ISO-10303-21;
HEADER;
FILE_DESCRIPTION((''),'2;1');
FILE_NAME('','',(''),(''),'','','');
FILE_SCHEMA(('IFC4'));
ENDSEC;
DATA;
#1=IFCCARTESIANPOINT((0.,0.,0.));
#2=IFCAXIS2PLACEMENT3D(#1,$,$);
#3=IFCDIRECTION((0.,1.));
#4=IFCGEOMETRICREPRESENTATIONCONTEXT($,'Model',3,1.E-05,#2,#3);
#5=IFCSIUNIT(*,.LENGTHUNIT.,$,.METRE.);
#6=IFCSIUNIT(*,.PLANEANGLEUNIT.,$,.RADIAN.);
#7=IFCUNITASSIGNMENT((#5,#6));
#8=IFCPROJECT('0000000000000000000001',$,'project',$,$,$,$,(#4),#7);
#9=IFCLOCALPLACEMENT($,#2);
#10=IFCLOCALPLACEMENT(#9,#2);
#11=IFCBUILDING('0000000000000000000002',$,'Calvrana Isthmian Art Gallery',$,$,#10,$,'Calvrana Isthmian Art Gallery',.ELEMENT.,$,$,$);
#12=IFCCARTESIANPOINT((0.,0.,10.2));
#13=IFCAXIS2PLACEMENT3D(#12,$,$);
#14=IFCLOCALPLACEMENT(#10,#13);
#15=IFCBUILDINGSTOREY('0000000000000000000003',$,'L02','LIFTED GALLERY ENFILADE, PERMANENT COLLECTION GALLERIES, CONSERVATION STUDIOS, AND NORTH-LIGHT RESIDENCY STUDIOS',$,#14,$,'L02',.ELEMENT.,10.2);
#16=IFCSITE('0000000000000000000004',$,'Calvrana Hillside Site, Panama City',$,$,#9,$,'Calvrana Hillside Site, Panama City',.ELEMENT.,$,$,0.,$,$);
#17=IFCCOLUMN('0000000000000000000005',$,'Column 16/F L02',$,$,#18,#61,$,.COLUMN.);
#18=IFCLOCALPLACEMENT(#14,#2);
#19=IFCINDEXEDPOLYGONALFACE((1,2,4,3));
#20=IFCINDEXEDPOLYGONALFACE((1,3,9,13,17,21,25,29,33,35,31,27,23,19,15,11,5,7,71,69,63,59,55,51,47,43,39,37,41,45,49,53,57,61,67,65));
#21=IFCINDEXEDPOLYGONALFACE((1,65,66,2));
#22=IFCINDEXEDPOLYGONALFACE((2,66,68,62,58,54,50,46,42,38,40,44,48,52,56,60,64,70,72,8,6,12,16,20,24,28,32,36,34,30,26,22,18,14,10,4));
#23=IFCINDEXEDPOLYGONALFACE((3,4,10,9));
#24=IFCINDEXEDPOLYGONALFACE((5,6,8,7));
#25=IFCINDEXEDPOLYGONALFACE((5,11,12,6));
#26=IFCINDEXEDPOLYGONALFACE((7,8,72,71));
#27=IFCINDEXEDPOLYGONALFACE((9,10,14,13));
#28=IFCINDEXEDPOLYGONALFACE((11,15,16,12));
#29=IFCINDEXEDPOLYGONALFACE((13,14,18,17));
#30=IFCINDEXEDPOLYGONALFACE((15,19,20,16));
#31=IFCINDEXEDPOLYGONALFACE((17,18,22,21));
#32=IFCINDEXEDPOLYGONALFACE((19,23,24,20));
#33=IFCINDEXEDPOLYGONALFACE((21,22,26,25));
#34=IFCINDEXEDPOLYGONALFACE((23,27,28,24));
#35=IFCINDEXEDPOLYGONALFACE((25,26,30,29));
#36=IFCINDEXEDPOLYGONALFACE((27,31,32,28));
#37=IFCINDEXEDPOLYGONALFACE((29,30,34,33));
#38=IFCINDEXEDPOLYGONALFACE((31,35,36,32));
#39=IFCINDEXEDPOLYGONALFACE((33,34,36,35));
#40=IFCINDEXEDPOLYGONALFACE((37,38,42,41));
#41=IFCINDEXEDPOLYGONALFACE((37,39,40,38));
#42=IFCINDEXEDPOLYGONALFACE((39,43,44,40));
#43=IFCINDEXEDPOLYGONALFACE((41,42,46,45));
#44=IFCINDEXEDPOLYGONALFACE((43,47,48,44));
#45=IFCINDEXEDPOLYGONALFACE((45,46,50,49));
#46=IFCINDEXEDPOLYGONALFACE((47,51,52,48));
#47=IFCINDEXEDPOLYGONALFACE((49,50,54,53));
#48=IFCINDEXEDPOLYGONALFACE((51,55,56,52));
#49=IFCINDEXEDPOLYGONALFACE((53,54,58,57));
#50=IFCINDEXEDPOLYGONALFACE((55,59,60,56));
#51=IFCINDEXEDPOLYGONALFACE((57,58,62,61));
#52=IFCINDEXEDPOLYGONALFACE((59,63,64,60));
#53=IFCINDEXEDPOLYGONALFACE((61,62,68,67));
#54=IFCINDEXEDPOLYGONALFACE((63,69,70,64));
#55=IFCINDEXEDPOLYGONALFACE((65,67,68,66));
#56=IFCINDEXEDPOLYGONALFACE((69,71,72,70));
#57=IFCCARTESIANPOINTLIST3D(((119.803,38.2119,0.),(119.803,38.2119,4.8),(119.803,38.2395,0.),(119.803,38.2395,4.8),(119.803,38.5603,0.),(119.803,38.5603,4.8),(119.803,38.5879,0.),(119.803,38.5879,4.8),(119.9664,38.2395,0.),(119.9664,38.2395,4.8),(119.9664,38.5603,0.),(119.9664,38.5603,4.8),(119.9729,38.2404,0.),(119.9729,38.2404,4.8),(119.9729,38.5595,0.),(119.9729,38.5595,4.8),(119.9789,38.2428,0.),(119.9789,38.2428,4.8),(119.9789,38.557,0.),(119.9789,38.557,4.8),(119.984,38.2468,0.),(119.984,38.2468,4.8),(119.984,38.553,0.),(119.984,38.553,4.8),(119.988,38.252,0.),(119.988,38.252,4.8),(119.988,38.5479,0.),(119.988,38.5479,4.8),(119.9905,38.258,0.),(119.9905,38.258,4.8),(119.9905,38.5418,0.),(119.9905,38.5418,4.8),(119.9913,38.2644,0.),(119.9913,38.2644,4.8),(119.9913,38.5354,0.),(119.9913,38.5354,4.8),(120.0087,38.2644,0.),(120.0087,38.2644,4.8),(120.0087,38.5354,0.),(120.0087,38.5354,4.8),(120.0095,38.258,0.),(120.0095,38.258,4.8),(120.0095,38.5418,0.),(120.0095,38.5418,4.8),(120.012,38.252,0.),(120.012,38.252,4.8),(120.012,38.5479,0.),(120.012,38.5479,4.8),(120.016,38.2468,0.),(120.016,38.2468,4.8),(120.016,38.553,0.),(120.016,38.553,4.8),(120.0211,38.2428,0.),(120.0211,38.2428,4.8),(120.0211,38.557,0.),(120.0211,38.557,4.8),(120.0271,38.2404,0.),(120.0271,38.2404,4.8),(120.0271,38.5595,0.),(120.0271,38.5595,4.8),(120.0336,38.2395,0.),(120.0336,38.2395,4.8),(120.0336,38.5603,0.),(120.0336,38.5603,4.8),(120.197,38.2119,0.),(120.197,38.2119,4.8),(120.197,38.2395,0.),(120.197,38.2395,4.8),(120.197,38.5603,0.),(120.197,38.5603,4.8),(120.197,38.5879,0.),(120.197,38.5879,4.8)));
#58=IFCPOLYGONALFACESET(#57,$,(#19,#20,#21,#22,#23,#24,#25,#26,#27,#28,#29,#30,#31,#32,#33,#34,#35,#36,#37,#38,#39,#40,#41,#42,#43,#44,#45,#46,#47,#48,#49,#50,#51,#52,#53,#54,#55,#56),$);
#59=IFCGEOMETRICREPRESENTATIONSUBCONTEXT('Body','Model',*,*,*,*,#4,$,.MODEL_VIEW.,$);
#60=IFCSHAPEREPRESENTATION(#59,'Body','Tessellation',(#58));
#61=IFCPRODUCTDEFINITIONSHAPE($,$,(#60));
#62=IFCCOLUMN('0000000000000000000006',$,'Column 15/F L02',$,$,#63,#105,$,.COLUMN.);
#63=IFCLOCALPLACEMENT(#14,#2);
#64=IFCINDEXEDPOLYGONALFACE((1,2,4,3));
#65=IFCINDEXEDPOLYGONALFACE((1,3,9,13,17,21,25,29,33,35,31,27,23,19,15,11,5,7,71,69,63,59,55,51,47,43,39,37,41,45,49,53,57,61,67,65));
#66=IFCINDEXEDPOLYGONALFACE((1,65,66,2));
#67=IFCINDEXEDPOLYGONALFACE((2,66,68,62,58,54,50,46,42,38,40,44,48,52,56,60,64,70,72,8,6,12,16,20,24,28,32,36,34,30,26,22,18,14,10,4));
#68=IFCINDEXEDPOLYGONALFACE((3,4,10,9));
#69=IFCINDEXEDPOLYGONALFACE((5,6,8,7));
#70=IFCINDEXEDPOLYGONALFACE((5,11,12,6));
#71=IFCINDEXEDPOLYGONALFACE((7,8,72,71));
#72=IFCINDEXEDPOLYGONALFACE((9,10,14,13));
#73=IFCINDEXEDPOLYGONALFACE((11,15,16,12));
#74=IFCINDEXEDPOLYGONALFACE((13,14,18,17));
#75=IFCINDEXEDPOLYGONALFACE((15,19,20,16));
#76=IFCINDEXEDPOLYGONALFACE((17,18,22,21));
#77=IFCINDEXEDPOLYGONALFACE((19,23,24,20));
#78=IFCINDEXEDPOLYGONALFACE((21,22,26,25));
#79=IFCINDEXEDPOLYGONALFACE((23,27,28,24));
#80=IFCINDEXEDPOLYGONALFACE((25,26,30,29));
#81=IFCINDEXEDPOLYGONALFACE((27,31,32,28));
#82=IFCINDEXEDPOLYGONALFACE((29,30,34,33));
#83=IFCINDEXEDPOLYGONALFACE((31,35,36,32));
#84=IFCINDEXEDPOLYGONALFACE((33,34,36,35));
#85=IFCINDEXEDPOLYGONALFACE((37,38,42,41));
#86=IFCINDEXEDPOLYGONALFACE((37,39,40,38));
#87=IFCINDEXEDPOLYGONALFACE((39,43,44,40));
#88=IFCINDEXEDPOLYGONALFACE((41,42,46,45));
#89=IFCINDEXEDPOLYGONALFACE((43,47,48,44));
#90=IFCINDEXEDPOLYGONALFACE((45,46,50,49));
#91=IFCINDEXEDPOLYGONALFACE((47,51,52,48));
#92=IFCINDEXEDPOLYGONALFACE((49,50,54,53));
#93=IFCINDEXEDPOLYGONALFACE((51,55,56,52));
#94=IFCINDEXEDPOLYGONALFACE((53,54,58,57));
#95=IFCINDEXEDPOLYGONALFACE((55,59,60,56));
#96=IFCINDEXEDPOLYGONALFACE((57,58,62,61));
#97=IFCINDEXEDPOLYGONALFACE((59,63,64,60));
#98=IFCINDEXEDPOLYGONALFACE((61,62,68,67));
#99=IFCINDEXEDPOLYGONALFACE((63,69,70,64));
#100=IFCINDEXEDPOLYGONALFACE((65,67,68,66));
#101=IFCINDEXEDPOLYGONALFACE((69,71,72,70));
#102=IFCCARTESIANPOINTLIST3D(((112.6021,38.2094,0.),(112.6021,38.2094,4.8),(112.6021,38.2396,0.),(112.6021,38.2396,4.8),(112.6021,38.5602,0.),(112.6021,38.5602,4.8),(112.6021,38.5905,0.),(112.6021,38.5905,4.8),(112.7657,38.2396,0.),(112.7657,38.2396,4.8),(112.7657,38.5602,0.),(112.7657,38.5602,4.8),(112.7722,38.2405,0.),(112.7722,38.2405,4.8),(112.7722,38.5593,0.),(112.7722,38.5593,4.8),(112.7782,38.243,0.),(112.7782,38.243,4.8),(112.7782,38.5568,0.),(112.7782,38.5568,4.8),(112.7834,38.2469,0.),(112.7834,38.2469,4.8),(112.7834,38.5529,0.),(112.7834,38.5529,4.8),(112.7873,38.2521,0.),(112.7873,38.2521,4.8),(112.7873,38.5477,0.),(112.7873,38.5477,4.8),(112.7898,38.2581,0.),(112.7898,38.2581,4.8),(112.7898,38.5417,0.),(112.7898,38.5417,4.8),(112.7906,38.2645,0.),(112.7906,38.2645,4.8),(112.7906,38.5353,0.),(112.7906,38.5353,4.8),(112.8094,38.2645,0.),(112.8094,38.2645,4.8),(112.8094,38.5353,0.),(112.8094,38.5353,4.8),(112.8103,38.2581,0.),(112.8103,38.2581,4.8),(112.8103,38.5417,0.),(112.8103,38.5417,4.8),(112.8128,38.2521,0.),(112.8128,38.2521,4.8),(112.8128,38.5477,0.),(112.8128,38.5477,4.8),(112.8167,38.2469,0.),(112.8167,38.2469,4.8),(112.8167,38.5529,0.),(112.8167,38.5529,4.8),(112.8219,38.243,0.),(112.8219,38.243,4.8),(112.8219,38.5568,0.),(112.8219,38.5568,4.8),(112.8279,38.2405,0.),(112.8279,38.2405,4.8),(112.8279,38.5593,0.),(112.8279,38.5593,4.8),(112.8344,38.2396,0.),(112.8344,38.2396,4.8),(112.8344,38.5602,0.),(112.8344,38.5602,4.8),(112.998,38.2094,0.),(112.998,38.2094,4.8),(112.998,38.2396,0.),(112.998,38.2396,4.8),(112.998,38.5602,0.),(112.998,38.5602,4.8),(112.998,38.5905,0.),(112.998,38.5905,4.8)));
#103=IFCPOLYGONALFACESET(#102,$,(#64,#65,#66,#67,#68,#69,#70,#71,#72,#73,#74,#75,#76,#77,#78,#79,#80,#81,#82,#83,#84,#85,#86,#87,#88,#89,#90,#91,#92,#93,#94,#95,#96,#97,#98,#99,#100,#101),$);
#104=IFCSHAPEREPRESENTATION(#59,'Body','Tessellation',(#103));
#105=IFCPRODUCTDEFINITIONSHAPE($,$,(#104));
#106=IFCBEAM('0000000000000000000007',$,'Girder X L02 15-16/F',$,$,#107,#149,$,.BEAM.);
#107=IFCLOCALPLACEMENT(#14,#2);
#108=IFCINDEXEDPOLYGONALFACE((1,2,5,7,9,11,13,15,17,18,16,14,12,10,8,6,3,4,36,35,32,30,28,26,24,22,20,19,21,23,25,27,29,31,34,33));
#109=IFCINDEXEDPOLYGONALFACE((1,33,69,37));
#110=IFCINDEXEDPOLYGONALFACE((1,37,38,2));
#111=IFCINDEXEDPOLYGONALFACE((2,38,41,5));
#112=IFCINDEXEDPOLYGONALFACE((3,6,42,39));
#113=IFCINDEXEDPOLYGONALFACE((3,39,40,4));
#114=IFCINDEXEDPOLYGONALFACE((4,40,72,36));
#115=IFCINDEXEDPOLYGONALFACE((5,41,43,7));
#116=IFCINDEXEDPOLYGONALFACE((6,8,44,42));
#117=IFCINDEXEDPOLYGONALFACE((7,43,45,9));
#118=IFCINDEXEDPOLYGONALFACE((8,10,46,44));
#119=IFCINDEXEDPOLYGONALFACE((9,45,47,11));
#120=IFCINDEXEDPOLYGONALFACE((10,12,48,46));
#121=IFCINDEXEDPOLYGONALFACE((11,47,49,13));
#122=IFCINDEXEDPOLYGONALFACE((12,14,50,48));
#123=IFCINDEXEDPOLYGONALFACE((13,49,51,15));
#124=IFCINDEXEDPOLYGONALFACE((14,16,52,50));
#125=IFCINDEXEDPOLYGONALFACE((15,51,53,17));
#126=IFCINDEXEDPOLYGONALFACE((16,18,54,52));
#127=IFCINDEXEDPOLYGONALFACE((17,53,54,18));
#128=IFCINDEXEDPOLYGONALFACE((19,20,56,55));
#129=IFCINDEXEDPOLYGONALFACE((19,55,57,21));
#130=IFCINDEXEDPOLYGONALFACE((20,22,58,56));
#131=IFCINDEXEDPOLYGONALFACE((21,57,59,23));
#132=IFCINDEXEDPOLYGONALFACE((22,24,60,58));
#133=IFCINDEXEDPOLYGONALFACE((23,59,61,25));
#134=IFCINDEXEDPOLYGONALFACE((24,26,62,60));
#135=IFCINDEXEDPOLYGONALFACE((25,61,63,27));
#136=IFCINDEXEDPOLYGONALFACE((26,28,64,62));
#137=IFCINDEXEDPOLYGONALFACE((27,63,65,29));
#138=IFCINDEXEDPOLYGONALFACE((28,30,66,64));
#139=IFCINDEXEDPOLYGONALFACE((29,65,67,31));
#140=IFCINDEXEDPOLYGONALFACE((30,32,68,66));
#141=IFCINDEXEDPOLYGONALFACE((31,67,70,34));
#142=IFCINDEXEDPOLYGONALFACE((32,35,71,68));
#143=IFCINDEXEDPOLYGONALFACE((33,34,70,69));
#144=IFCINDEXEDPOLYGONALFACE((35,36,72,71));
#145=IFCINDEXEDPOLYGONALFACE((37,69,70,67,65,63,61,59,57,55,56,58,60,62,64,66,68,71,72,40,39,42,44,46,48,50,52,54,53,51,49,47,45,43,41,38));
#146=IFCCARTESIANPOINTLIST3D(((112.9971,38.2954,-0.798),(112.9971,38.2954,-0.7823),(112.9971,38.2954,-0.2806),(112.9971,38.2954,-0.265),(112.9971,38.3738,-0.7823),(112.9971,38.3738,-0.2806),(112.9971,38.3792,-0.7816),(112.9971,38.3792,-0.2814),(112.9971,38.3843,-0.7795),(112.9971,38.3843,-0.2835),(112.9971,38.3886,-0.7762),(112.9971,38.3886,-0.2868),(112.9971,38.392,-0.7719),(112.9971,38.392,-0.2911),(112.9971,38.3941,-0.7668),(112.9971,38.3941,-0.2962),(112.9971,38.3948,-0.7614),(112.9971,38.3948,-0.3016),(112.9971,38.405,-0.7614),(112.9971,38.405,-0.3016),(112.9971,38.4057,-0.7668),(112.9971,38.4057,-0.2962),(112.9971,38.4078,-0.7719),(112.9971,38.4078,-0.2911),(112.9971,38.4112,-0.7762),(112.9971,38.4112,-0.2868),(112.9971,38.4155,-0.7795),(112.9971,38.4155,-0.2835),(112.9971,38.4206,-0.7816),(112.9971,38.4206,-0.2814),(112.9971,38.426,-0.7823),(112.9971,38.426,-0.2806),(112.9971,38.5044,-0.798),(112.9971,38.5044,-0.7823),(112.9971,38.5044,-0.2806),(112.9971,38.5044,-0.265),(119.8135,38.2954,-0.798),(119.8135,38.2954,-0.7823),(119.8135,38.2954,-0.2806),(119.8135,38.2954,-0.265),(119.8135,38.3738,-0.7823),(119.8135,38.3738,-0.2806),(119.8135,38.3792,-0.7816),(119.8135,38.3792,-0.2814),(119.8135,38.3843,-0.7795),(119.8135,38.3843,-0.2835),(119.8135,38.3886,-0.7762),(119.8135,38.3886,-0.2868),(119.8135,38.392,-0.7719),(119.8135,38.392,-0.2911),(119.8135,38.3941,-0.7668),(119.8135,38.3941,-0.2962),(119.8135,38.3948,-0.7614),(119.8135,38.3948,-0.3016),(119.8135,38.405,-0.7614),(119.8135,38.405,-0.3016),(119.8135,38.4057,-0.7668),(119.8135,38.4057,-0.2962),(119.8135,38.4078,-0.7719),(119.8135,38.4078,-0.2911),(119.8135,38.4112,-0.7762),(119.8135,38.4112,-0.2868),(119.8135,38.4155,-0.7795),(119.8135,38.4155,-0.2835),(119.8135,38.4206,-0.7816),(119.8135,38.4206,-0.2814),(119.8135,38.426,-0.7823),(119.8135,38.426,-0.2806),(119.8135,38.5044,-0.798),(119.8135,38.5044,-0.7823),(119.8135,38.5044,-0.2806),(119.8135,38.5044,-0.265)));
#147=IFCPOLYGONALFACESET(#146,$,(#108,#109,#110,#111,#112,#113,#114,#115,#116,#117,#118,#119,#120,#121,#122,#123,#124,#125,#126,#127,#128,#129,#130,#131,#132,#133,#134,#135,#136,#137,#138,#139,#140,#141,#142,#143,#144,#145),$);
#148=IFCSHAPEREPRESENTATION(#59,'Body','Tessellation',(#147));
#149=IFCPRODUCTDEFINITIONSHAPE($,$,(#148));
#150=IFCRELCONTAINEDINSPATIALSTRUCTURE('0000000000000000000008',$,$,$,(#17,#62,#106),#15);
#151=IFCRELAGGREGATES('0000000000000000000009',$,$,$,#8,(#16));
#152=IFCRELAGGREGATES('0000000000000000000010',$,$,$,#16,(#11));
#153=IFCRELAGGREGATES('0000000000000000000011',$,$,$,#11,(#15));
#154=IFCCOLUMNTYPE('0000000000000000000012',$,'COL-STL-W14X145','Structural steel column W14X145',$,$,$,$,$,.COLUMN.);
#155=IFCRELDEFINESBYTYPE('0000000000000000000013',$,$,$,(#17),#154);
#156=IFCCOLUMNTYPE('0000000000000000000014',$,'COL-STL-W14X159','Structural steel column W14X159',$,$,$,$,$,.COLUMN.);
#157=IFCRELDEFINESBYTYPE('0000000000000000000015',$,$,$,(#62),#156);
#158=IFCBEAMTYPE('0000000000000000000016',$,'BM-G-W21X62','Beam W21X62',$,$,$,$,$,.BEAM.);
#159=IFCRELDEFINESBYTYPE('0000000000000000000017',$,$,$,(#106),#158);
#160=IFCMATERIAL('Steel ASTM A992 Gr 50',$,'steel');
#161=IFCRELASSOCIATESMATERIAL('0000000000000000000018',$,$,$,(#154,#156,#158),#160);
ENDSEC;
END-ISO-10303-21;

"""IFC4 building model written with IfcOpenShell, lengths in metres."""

from ifc_helpers import new_model, si_unit, direction, frame, origin, origin_2d, place, context, subcontext, project, spatial, i_section, extrude, material, material_profile, profile_set, type_object, element, save


model = new_model("IFC4")

# Units and contexts
model_context = context("Model", 3, precision=1e-05, world=origin(), true_north=direction((0.0, 1.0)))
body_context = subcontext(model_context, "Body", "Model", "MODEL_VIEW")
ifc_project = project(units=[si_unit("LENGTHUNIT", "METRE"), si_unit("PLANEANGLEUNIT", "RADIAN")], contexts=[model_context])

# Site, building, storey
site_placement = place(None, origin())
site = spatial("IfcSite", under=ifc_project, at=site_placement, Name="Calvrana Hillside Site, Panama City", LongName="Calvrana Hillside Site, Panama City", CompositionType="ELEMENT", RefElevation=0.0)
building_placement = place(site_placement, origin())
building = spatial("IfcBuilding", under=site, at=building_placement, Name="Calvrana Isthmian Art Gallery", LongName="Calvrana Isthmian Art Gallery", CompositionType="ELEMENT")
storey_placement = place(building_placement, frame((0.0, 0.0, 10.2)))
storey = spatial("IfcBuildingStorey", under=building, at=storey_placement, Name="L02", Description="LIFTED GALLERY ENFILADE, PERMANENT COLLECTION GALLERIES, CONSERVATION STUDIOS, AND NORTH-LIGHT RESIDENCY STUDIOS", LongName="L02", CompositionType="ELEMENT", Elevation=10.2)

# Columns
ifc_material_1 = material(Name="Steel ASTM A992 Gr 50", Category="steel")
ifc_material_profile_1 = material_profile(ifc_material_1, i_section(OverallWidth=0.394, OverallDepth=0.376, WebThickness=0.0173, FlangeThickness=0.0276, FilletRadius=0.0249, at=origin_2d()), Name="W14X145")
ifc_profile_set_1 = profile_set([ifc_material_profile_1], Name="Steel ASTM A992 Gr 50")
column_type_1 = type_object("IfcColumnType", Name="COL-STL-W14X145", Description="Structural steel column W14X145", PredefinedType="COLUMN", material=ifc_profile_set_1)
column_1_placement = place(storey_placement, frame((120.0, 38.3999, 0.0), z_axis=(0.0, 0.0, 1.0), x_axis=(1.0, 0.0, 0.0)))
element("IfcColumn", 1, at=column_1_placement, inside=storey, type_object=column_type_1, Name="Column 16/F L02", PredefinedType="COLUMN", context=body_context, shape_type="SweptSolid", body=[
    extrude(i_section(OverallWidth=0.394, OverallDepth=0.376, WebThickness=0.0173, FlangeThickness=0.0276, FilletRadius=0.0249, at=origin_2d()), origin(), (0.0, 0.0, 1.0), 4.8),
])
ifc_material_profile_2 = material_profile(ifc_material_1, i_section(OverallWidth=0.396, OverallDepth=0.3811, WebThickness=0.0188, FlangeThickness=0.0303, FilletRadius=0.0249, at=origin_2d()), Name="W14X159")
ifc_profile_set_2 = profile_set([ifc_material_profile_2], Name="Steel ASTM A992 Gr 50")
column_type_2 = type_object("IfcColumnType", Name="COL-STL-W14X159", Description="Structural steel column W14X159", PredefinedType="COLUMN", material=ifc_profile_set_2)
column_2_placement = place(storey_placement, frame((112.8, 38.3999, 0.0), z_axis=(0.0, 0.0, 1.0), x_axis=(1.0, 0.0, 0.0)))
element("IfcColumn", 2, at=column_2_placement, inside=storey, type_object=column_type_2, Name="Column 15/F L02", PredefinedType="COLUMN", context=body_context, shape_type="SweptSolid", body=[
    extrude(i_section(OverallWidth=0.396, OverallDepth=0.3811, WebThickness=0.0188, FlangeThickness=0.0303, FilletRadius=0.0249, at=origin_2d()), origin(), (0.0, 0.0, 1.0), 4.8),
])

# Beam
ifc_material_profile_3 = material_profile(ifc_material_1, i_section(OverallWidth=0.209, OverallDepth=0.533, WebThickness=0.0103, FlangeThickness=0.0156, FilletRadius=0.021, at=origin_2d()), Name="W21X62")
ifc_profile_set_3 = profile_set([ifc_material_profile_3], Name="Steel ASTM A992 Gr 50")
beam_type_1 = type_object("IfcBeamType", Name="BM-G-W21X62", Description="Beam W21X62", PredefinedType="BEAM", material=ifc_profile_set_3)
beam_1_placement = place(storey_placement, frame((112.9971, 38.3999, -0.5315), z_axis=(1.0, 0.0, 0.0), x_axis=(0.0, 1.0, 0.0)))
element("IfcBeam", 3, at=beam_1_placement, inside=storey, type_object=beam_type_1, Name="Girder X L02 15-16/F", PredefinedType="BEAM", context=body_context, shape_type="SweptSolid", body=[
    extrude(i_section(OverallWidth=0.209, OverallDepth=0.533, WebThickness=0.0103, FlangeThickness=0.0156, FilletRadius=0.021, at=origin_2d()), origin(), (0.0, 0.0, 1.0), 6.8164),
])

save(model, "model.ifc")
